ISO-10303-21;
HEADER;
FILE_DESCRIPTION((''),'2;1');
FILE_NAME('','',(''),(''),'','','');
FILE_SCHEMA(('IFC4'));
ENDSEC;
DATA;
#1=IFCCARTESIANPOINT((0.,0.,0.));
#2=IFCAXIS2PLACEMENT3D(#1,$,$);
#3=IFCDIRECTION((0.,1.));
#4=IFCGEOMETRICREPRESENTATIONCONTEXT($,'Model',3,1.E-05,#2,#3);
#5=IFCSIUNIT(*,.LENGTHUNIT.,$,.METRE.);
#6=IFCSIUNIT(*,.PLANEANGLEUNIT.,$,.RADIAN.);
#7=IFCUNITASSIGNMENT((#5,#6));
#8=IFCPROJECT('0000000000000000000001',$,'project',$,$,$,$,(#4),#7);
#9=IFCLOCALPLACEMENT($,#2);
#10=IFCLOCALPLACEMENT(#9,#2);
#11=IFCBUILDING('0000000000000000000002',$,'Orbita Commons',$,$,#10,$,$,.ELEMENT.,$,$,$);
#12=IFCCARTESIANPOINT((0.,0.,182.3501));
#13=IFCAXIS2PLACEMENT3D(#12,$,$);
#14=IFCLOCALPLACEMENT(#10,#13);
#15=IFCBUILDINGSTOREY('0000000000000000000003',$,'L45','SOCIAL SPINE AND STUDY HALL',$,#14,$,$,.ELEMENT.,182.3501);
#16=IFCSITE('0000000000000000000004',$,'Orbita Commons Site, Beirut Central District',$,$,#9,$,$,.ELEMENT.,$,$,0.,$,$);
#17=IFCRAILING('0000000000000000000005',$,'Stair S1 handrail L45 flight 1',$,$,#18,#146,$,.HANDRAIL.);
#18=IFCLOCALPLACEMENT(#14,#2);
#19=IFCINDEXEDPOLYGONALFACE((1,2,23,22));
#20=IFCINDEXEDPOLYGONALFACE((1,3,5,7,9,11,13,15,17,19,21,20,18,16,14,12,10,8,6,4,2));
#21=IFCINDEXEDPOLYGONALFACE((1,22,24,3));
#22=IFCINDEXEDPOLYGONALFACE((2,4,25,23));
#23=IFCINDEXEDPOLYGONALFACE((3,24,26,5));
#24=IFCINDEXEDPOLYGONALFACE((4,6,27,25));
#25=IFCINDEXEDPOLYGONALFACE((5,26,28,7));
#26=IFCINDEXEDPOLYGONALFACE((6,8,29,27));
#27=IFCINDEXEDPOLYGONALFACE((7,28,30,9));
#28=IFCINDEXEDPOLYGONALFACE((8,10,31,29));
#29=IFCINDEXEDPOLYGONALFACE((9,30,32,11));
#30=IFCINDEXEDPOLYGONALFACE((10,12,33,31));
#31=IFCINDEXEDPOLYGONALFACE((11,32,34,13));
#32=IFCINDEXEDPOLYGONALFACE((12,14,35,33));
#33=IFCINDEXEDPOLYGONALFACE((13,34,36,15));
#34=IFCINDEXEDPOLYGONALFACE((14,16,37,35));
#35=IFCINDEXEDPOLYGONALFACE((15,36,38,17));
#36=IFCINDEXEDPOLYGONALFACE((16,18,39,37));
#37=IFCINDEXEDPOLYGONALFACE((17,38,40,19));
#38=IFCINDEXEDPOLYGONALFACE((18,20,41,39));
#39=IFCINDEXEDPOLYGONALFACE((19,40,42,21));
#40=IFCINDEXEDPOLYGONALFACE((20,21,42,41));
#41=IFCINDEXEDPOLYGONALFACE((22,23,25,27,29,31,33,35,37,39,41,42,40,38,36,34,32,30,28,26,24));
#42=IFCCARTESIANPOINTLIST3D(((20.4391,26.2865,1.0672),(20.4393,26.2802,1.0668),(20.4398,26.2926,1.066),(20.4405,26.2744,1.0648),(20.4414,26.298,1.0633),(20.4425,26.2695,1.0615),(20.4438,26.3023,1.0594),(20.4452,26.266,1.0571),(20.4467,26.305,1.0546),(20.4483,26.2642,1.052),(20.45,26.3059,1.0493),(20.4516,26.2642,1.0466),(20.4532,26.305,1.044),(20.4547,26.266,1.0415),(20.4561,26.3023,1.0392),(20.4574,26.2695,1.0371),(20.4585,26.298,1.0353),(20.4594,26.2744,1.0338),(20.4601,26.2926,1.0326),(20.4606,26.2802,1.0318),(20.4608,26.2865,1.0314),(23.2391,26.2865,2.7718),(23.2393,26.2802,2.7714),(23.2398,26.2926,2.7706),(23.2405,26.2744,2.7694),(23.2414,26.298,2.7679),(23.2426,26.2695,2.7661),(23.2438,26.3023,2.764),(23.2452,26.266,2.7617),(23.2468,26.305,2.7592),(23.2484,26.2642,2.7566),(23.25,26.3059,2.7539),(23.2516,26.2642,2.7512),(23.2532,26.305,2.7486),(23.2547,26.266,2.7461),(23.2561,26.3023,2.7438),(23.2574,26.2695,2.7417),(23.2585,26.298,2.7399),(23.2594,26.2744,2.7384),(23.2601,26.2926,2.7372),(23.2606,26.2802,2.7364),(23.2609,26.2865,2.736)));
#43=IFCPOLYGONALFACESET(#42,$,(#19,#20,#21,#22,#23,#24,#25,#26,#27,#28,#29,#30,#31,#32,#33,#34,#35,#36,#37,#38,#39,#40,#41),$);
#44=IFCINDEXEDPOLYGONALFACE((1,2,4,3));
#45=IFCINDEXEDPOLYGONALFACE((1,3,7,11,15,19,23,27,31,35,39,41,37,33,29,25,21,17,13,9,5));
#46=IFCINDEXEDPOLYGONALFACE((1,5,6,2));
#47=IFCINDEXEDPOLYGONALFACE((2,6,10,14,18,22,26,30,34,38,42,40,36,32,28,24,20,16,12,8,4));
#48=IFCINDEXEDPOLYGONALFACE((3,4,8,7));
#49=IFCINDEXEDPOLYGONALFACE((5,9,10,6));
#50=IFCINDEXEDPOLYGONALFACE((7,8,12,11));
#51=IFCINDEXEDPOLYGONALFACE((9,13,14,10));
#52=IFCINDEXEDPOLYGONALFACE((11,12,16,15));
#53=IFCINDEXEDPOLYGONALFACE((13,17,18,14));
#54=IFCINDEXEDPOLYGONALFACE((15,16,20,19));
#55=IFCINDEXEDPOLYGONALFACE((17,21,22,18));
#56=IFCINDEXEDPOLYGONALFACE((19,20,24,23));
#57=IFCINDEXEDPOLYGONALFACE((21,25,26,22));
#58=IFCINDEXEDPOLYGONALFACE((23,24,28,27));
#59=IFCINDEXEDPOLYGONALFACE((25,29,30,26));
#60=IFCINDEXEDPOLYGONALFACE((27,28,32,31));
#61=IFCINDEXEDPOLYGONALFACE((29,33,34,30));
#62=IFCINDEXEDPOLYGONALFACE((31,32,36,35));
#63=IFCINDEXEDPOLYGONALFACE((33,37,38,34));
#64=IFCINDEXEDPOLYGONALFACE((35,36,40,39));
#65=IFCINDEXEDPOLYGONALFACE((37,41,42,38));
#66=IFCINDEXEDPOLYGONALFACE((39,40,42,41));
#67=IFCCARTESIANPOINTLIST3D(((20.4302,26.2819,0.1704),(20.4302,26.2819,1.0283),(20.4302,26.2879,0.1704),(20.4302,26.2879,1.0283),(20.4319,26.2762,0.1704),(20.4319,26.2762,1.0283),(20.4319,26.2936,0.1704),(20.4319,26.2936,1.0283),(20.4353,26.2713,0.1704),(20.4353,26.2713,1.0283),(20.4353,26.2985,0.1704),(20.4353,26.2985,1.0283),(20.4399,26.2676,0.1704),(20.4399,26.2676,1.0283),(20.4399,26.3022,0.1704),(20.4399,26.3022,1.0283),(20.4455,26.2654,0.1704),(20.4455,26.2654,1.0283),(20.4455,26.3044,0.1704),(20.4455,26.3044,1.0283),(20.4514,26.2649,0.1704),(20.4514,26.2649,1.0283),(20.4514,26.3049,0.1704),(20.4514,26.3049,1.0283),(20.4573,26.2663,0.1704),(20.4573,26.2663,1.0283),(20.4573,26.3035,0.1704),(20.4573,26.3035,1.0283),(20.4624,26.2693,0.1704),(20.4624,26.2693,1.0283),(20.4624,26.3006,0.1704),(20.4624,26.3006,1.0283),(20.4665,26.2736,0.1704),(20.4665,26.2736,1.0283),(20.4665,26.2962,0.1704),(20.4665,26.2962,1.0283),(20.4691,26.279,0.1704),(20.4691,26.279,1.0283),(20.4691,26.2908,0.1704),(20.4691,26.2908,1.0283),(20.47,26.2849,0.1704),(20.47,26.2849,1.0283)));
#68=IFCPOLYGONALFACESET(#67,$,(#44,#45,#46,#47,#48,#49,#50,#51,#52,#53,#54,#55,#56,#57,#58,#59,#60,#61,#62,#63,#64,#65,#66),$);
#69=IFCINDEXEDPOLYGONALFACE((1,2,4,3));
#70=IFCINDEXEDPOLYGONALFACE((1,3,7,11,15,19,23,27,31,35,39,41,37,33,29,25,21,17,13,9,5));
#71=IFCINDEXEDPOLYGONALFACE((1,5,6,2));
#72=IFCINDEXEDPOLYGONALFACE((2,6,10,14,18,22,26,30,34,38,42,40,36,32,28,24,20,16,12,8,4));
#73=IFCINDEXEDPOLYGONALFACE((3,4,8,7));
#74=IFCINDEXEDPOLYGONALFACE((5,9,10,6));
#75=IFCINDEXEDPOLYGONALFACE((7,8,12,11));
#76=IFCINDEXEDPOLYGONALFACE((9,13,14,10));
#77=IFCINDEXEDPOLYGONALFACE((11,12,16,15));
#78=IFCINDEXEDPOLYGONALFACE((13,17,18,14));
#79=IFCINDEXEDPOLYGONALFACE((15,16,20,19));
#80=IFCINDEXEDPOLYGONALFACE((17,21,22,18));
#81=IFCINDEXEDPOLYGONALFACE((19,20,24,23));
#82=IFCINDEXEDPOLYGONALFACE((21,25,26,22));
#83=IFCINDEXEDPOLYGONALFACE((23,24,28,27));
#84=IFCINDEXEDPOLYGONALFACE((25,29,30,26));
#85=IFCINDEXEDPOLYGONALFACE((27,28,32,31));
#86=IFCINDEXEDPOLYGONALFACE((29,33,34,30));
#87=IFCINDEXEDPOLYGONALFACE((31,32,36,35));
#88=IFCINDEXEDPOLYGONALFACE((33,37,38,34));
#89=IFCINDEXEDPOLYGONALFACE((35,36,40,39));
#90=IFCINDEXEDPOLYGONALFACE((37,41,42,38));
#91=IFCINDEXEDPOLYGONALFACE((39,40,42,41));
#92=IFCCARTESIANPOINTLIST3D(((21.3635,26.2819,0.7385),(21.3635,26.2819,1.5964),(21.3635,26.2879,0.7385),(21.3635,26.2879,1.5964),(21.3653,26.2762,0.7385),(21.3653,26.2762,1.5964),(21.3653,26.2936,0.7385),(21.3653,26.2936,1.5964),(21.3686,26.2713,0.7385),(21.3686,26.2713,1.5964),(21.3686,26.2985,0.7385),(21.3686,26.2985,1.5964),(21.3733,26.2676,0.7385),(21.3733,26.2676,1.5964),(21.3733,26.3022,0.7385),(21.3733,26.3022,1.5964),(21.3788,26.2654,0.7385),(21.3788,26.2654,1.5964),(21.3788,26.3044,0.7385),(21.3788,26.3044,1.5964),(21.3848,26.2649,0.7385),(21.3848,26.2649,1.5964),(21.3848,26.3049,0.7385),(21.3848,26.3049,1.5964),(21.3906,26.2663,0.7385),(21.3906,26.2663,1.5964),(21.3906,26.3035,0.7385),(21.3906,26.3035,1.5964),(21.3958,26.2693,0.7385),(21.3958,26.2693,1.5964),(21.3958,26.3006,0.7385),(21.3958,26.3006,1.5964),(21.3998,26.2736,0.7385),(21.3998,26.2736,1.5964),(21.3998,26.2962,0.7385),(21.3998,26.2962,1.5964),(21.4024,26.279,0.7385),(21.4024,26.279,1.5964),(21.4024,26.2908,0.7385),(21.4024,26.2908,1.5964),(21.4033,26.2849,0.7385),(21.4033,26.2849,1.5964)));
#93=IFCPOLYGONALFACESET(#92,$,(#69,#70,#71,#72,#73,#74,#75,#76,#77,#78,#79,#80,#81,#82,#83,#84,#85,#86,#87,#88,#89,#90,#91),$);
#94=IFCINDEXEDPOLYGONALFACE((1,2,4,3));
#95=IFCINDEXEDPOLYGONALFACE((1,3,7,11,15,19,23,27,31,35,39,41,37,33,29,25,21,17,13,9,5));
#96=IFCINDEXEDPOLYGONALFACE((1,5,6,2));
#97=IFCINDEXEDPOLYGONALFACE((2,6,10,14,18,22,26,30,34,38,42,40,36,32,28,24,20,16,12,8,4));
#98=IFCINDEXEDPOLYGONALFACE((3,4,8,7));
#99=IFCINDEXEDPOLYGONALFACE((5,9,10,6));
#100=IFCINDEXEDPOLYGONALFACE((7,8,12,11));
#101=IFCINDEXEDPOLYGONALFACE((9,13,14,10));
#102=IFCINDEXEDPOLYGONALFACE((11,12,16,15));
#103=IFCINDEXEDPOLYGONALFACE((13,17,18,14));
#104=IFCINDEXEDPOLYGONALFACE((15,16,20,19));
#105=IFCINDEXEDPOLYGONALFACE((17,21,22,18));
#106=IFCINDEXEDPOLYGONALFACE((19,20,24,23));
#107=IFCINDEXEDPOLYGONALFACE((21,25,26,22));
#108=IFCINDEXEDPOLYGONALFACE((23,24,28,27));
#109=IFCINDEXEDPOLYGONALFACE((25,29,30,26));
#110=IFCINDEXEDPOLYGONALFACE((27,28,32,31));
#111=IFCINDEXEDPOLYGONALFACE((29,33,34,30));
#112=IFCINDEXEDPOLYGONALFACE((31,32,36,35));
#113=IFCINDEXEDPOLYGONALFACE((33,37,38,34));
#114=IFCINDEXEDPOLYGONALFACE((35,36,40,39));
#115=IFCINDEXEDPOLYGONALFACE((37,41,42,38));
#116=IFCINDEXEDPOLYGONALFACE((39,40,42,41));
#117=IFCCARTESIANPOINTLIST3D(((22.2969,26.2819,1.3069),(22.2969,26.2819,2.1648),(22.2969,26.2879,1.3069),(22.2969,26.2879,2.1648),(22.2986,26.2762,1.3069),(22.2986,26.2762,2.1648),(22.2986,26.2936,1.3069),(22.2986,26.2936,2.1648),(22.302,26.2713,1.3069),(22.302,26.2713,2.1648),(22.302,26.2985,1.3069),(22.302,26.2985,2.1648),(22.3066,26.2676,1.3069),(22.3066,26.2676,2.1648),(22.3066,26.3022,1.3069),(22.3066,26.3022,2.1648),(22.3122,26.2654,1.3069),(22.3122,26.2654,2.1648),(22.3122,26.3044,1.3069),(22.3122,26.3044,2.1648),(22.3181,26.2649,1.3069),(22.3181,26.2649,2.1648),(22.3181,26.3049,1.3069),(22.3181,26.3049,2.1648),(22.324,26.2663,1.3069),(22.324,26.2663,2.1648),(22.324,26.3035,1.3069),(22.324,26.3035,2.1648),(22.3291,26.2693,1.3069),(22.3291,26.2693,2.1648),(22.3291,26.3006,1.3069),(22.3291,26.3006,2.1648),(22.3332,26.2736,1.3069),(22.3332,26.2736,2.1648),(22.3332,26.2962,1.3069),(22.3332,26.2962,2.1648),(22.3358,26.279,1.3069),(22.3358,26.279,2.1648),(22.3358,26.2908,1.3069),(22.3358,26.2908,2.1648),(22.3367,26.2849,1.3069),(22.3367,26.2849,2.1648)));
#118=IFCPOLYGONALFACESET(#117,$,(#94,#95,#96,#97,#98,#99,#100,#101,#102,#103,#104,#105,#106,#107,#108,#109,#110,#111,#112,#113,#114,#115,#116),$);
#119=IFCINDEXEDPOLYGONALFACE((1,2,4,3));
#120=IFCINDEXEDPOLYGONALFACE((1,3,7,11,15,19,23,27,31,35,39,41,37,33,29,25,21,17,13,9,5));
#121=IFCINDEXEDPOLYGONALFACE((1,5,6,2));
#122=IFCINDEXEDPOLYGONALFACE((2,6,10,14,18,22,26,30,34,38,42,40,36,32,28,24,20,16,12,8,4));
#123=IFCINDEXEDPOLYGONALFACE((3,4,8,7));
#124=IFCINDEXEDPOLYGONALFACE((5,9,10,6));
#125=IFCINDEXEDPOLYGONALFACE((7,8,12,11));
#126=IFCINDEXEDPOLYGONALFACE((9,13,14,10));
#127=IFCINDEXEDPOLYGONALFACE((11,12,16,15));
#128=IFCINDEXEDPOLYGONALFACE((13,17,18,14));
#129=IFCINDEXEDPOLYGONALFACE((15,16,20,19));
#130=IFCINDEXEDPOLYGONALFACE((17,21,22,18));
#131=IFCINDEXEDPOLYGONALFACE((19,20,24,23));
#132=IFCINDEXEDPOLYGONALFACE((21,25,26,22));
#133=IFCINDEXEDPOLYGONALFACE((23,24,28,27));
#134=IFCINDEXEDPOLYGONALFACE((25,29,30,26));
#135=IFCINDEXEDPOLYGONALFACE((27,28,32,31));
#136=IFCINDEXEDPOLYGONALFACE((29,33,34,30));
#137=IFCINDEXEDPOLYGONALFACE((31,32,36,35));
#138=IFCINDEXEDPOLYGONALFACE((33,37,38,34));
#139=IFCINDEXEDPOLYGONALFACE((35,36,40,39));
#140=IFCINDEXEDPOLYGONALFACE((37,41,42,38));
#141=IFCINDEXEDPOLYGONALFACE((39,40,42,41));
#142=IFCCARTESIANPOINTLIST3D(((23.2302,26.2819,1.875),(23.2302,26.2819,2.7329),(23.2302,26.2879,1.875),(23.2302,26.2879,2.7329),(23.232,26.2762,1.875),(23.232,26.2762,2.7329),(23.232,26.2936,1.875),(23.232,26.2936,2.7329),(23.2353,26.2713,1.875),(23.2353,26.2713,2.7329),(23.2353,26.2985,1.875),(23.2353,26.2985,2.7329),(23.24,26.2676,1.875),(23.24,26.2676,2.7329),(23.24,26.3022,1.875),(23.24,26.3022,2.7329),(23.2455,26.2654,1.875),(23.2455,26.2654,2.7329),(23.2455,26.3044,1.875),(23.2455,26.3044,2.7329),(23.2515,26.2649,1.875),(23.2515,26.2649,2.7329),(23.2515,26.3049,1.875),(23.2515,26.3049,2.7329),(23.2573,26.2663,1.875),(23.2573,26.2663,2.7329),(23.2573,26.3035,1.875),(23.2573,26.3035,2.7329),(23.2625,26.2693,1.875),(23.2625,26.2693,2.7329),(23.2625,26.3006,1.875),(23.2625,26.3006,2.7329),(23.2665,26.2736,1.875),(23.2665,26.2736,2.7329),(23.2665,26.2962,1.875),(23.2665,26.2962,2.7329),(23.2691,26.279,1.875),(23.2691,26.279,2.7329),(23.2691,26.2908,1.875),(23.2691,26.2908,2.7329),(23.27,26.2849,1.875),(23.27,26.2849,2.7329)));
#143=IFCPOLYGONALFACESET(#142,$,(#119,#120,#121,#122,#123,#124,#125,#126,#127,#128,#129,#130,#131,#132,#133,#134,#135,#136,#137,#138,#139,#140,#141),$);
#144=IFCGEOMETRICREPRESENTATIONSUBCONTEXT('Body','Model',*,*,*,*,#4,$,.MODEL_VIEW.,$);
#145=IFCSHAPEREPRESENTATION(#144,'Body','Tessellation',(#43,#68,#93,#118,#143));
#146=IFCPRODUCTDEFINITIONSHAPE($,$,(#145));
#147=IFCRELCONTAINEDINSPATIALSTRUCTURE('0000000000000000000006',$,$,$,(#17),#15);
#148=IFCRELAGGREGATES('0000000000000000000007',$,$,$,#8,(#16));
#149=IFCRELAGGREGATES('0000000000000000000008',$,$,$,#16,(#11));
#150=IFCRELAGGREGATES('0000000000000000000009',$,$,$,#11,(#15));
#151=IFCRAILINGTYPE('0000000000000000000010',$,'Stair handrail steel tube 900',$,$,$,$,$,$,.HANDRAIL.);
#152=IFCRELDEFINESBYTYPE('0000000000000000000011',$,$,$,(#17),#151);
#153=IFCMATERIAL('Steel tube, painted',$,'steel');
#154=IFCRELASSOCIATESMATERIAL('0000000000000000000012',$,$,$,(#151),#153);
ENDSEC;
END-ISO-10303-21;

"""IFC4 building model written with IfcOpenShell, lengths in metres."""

from ifc_helpers import new_model, si_unit, direction, frame, origin, origin_2d, place, context, subcontext, project, spatial, circle, extrude, material, type_object, element, save


model = new_model("IFC4")

# Units and contexts
model_context = context("Model", 3, precision=1e-05, world=origin(), true_north=direction((0.0, 1.0)))
body_context = subcontext(model_context, "Body", "Model", "MODEL_VIEW")
ifc_project = project(units=[si_unit("LENGTHUNIT", "METRE"), si_unit("PLANEANGLEUNIT", "RADIAN")], contexts=[model_context])

# Site, building, storey
site_placement = place(None, origin())
site = spatial("IfcSite", under=ifc_project, at=site_placement, Name="Orbita Commons Site, Beirut Central District", CompositionType="ELEMENT", RefElevation=0.0)
building_placement = place(site_placement, origin())
building = spatial("IfcBuilding", under=site, at=building_placement, Name="Orbita Commons", CompositionType="ELEMENT")
storey_placement = place(building_placement, frame((0.0, 0.0, 182.3501)))
storey = spatial("IfcBuildingStorey", under=building, at=storey_placement, Name="L45", Description="SOCIAL SPINE AND STUDY HALL", CompositionType="ELEMENT", Elevation=182.3501)

# Railing
ifc_material_1 = material(Name="Steel tube, painted", Category="steel")
railing_type = type_object("IfcRailingType", Name="Stair handrail steel tube 900", PredefinedType="HANDRAIL", material=ifc_material_1)
for number, where, name in (
    (1, (20.45, 26.2849, 0.1704), "Stair S1 handrail L45 flight 1"),
):
    element("IfcRailing", number, at=place(storey_placement, frame(where)), inside=storey, type_object=railing_type, Name=name, PredefinedType="HANDRAIL", context=body_context, shape_type="SweptSolid", body=[
        extrude(circle(Radius=0.021, at=origin_2d()), frame((0.0, 0.0, 0.8789), z_axis=(0.85417, 0.0, 0.519994), x_axis=(0.0, 1.0, 0.0)), (0.0, 0.0, 1.0), 3.2781),
        extrude(circle(Radius=0.02, at=origin_2d()), origin(), (0.0, 0.0, 1.0), 0.8579),
        extrude(circle(Radius=0.02, at=origin_2d()), frame((0.9333, 0.0, 0.5681)), (0.0, 0.0, 1.0), 0.8579),
        extrude(circle(Radius=0.02, at=origin_2d()), frame((1.8667, 0.0, 1.1365)), (0.0, 0.0, 1.0), 0.8579),
        extrude(circle(Radius=0.02, at=origin_2d()), frame((2.8, 0.0, 1.7046)), (0.0, 0.0, 1.0), 0.8579),
    ])

save(model, "model.ifc")
